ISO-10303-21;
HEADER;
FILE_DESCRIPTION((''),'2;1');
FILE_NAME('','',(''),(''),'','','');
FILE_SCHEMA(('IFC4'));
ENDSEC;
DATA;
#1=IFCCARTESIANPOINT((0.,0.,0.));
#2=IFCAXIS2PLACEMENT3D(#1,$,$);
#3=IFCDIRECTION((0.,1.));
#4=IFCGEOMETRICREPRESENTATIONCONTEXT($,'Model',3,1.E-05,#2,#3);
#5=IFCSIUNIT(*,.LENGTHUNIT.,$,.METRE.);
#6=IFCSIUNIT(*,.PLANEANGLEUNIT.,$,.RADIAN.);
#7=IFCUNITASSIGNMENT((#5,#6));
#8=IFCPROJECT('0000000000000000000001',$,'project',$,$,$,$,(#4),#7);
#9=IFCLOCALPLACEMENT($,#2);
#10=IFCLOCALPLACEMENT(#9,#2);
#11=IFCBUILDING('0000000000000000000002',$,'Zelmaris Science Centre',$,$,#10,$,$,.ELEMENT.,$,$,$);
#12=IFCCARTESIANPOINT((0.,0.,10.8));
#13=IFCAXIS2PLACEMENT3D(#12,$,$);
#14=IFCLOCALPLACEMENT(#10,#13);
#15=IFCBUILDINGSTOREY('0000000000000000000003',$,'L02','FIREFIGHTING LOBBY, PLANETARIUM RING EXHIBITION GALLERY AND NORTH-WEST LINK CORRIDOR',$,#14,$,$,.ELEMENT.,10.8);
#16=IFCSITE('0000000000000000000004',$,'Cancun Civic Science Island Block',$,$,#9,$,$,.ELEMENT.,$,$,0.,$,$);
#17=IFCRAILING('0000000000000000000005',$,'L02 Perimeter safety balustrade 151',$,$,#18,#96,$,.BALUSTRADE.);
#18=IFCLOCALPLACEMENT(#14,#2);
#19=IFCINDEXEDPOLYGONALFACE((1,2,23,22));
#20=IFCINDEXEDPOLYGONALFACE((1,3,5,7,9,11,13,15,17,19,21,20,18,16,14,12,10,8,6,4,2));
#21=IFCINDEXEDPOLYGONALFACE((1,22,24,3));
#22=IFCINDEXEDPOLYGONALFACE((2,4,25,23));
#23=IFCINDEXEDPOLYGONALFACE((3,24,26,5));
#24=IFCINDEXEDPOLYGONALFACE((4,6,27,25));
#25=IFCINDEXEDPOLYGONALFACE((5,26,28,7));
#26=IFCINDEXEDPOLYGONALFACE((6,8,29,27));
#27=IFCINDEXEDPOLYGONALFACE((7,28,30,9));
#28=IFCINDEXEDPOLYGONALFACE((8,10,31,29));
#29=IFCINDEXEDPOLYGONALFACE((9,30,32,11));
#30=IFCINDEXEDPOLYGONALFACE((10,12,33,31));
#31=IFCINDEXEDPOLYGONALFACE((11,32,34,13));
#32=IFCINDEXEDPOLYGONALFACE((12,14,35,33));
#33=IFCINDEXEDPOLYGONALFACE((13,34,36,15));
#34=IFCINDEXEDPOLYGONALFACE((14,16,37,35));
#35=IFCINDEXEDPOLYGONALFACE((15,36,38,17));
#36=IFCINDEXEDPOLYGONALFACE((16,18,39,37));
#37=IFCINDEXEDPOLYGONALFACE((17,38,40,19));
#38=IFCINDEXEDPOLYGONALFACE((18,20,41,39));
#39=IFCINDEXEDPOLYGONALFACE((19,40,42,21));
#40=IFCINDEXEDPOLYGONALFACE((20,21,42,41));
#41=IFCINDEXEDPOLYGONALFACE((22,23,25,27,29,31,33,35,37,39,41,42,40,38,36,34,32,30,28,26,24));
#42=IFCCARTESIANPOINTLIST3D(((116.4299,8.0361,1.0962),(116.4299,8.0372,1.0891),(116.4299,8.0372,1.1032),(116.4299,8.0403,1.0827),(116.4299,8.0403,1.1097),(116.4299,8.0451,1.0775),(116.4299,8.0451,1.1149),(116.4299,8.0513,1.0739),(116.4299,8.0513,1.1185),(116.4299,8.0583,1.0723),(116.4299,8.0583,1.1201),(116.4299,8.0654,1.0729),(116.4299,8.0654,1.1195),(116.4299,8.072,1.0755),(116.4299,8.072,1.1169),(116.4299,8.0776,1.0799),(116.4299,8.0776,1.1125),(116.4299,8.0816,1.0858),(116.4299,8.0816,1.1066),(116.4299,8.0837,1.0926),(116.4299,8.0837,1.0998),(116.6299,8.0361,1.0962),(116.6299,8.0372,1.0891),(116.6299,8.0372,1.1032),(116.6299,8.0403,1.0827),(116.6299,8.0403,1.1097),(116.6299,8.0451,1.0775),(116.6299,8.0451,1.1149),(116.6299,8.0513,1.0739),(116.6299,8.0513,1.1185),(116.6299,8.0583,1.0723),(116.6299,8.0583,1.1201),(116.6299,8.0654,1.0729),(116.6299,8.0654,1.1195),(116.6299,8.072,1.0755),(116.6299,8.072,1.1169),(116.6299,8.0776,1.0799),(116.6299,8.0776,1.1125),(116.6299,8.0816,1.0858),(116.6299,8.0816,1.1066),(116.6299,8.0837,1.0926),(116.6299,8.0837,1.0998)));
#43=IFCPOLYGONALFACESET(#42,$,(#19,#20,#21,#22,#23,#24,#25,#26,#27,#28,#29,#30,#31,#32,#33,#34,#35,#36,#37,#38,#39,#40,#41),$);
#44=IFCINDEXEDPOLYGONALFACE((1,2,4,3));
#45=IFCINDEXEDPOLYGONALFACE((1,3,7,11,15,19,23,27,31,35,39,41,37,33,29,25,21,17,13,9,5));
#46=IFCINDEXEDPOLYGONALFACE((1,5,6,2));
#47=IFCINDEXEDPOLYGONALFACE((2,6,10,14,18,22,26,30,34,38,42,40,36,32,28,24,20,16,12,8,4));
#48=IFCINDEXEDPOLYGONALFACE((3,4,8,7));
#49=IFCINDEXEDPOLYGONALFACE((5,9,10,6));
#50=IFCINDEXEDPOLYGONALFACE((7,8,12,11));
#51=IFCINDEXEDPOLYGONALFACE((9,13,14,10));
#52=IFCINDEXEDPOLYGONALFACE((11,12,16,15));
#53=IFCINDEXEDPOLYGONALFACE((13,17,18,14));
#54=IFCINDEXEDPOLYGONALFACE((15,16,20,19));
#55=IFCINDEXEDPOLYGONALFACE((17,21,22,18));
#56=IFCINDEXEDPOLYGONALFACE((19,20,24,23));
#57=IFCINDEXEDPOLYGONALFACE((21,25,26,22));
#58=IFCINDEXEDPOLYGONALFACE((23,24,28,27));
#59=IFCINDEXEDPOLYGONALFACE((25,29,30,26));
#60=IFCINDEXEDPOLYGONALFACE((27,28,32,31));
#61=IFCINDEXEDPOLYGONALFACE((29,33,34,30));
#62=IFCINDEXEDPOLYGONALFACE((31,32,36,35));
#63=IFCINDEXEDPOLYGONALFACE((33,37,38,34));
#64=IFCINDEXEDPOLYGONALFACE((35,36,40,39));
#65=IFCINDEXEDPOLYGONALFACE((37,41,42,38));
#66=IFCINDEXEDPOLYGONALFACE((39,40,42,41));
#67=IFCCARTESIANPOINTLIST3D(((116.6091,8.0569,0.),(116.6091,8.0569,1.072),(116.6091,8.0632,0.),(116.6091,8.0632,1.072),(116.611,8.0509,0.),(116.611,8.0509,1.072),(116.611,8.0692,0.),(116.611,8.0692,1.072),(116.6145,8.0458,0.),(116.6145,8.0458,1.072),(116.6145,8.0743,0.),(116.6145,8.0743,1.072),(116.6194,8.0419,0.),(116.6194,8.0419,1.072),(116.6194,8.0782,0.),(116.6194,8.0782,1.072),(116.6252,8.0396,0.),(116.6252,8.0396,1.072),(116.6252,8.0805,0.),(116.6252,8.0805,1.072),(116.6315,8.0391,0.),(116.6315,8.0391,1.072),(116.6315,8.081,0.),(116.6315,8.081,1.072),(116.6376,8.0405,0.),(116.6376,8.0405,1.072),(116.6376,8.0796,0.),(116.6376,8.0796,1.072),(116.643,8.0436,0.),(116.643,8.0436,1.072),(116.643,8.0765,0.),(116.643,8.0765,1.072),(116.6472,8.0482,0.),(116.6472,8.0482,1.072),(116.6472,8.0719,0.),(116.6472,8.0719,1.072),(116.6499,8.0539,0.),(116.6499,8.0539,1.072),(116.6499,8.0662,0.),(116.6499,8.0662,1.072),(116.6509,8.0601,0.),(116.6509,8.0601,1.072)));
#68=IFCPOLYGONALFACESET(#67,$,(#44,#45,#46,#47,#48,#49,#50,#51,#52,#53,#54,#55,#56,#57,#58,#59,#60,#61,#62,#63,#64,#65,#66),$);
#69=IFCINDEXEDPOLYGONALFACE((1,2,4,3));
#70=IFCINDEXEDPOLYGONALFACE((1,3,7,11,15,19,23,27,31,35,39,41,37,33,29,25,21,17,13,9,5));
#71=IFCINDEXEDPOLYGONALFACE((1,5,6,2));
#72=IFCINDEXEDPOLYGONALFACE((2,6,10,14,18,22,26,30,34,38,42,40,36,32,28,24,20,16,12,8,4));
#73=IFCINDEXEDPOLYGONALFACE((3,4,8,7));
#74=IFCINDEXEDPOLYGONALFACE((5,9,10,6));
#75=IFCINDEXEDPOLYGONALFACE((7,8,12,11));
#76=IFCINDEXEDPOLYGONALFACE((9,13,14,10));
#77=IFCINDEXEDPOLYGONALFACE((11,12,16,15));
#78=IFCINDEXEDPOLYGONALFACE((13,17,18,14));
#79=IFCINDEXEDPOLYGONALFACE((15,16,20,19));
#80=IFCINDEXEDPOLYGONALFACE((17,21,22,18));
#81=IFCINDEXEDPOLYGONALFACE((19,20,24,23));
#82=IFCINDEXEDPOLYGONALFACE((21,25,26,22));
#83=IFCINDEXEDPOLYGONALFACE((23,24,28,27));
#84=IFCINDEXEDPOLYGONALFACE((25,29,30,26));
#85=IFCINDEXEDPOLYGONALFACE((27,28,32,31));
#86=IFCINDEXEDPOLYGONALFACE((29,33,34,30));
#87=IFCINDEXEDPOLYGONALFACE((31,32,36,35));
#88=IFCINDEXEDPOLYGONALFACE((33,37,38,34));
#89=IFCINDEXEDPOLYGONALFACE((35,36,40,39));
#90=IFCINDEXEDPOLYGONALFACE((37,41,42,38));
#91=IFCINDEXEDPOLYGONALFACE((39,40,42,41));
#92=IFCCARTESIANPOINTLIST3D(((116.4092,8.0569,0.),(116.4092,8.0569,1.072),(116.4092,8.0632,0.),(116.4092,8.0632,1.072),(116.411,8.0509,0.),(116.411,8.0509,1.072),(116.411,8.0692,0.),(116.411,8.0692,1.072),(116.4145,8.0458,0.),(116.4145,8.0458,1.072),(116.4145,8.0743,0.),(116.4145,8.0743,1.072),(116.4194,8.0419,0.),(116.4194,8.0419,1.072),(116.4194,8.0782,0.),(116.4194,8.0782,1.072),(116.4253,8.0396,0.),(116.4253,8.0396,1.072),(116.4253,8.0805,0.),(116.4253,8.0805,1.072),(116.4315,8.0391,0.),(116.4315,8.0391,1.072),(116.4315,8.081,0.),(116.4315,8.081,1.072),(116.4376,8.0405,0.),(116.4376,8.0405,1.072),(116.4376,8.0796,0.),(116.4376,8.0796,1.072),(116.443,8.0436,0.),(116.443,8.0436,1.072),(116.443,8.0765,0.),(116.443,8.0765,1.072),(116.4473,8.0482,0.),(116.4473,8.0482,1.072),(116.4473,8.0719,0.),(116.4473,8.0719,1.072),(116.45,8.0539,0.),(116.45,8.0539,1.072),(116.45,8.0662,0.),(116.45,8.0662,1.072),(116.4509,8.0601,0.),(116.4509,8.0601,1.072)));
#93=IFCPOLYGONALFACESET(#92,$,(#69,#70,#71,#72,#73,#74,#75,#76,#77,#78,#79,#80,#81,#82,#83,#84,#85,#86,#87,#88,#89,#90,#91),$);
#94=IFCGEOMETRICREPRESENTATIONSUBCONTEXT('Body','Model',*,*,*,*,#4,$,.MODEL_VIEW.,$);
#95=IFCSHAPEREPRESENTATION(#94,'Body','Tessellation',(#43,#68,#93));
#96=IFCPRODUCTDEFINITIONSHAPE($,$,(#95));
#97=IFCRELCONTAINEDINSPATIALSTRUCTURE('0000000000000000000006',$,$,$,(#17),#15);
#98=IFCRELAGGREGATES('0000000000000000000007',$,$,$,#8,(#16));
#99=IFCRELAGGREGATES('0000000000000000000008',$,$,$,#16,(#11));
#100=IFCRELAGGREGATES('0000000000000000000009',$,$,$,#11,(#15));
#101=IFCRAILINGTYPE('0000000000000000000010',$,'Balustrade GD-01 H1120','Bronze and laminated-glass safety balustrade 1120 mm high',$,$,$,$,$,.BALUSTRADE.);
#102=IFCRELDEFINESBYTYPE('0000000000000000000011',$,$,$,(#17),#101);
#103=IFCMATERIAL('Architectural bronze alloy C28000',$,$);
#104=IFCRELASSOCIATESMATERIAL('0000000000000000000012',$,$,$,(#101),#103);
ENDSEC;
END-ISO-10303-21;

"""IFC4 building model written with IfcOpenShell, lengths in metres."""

from ifc_helpers import new_model, si_unit, direction, frame, origin, origin_2d, place, context, subcontext, project, spatial, circle, extrude, material, type_object, element, save


model = new_model("IFC4")

# Units and contexts
model_context = context("Model", 3, precision=1e-05, world=origin(), true_north=direction((0.0, 1.0)))
body_context = subcontext(model_context, "Body", "Model", "MODEL_VIEW")
ifc_project = project(units=[si_unit("LENGTHUNIT", "METRE"), si_unit("PLANEANGLEUNIT", "RADIAN")], contexts=[model_context])

# Site, building, storey
site_placement = place(None, origin())
site = spatial("IfcSite", under=ifc_project, at=site_placement, Name="Cancun Civic Science Island Block", CompositionType="ELEMENT", RefElevation=0.0)
building_placement = place(site_placement, origin())
building = spatial("IfcBuilding", under=site, at=building_placement, Name="Zelmaris Science Centre", CompositionType="ELEMENT")
storey_placement = place(building_placement, frame((0.0, 0.0, 10.8)))
storey = spatial("IfcBuildingStorey", under=building, at=storey_placement, Name="L02", Description="FIREFIGHTING LOBBY, PLANETARIUM RING EXHIBITION GALLERY AND NORTH-WEST LINK CORRIDOR", CompositionType="ELEMENT", Elevation=10.8)

# Railing
ifc_material_1 = material(Name="Architectural bronze alloy C28000")
railing_type = type_object("IfcRailingType", Name="Balustrade GD-01 H1120", Description="Bronze and laminated-glass safety balustrade 1120 mm high", PredefinedType="BALUSTRADE", material=ifc_material_1)
railing_1_placement = place(storey_placement, frame((116.6299, 8.0601, 0.0)))
element("IfcRailing", 1, at=railing_1_placement, inside=storey, type_object=railing_type, Name="L02 Perimeter safety balustrade 151", PredefinedType="BALUSTRADE", context=body_context, shape_type="SweptSolid", body=[
    extrude(circle(Radius=0.0239, at=origin_2d()), frame((0.0, 0.0, 1.0962), z_axis=(-1.0, 0.0, 0.0), x_axis=(0.0, -1.0, 0.0)), (0.0, 0.0, 1.0), 0.2),
    extrude(circle(Radius=0.021, at=origin_2d()), origin(), (0.0, 0.0, 1.0), 1.072),
    extrude(circle(Radius=0.021, at=origin_2d()), frame((-0.2, 0.0, 0.0)), (0.0, 0.0, 1.0), 1.072),
])

save(model, "model.ifc")
